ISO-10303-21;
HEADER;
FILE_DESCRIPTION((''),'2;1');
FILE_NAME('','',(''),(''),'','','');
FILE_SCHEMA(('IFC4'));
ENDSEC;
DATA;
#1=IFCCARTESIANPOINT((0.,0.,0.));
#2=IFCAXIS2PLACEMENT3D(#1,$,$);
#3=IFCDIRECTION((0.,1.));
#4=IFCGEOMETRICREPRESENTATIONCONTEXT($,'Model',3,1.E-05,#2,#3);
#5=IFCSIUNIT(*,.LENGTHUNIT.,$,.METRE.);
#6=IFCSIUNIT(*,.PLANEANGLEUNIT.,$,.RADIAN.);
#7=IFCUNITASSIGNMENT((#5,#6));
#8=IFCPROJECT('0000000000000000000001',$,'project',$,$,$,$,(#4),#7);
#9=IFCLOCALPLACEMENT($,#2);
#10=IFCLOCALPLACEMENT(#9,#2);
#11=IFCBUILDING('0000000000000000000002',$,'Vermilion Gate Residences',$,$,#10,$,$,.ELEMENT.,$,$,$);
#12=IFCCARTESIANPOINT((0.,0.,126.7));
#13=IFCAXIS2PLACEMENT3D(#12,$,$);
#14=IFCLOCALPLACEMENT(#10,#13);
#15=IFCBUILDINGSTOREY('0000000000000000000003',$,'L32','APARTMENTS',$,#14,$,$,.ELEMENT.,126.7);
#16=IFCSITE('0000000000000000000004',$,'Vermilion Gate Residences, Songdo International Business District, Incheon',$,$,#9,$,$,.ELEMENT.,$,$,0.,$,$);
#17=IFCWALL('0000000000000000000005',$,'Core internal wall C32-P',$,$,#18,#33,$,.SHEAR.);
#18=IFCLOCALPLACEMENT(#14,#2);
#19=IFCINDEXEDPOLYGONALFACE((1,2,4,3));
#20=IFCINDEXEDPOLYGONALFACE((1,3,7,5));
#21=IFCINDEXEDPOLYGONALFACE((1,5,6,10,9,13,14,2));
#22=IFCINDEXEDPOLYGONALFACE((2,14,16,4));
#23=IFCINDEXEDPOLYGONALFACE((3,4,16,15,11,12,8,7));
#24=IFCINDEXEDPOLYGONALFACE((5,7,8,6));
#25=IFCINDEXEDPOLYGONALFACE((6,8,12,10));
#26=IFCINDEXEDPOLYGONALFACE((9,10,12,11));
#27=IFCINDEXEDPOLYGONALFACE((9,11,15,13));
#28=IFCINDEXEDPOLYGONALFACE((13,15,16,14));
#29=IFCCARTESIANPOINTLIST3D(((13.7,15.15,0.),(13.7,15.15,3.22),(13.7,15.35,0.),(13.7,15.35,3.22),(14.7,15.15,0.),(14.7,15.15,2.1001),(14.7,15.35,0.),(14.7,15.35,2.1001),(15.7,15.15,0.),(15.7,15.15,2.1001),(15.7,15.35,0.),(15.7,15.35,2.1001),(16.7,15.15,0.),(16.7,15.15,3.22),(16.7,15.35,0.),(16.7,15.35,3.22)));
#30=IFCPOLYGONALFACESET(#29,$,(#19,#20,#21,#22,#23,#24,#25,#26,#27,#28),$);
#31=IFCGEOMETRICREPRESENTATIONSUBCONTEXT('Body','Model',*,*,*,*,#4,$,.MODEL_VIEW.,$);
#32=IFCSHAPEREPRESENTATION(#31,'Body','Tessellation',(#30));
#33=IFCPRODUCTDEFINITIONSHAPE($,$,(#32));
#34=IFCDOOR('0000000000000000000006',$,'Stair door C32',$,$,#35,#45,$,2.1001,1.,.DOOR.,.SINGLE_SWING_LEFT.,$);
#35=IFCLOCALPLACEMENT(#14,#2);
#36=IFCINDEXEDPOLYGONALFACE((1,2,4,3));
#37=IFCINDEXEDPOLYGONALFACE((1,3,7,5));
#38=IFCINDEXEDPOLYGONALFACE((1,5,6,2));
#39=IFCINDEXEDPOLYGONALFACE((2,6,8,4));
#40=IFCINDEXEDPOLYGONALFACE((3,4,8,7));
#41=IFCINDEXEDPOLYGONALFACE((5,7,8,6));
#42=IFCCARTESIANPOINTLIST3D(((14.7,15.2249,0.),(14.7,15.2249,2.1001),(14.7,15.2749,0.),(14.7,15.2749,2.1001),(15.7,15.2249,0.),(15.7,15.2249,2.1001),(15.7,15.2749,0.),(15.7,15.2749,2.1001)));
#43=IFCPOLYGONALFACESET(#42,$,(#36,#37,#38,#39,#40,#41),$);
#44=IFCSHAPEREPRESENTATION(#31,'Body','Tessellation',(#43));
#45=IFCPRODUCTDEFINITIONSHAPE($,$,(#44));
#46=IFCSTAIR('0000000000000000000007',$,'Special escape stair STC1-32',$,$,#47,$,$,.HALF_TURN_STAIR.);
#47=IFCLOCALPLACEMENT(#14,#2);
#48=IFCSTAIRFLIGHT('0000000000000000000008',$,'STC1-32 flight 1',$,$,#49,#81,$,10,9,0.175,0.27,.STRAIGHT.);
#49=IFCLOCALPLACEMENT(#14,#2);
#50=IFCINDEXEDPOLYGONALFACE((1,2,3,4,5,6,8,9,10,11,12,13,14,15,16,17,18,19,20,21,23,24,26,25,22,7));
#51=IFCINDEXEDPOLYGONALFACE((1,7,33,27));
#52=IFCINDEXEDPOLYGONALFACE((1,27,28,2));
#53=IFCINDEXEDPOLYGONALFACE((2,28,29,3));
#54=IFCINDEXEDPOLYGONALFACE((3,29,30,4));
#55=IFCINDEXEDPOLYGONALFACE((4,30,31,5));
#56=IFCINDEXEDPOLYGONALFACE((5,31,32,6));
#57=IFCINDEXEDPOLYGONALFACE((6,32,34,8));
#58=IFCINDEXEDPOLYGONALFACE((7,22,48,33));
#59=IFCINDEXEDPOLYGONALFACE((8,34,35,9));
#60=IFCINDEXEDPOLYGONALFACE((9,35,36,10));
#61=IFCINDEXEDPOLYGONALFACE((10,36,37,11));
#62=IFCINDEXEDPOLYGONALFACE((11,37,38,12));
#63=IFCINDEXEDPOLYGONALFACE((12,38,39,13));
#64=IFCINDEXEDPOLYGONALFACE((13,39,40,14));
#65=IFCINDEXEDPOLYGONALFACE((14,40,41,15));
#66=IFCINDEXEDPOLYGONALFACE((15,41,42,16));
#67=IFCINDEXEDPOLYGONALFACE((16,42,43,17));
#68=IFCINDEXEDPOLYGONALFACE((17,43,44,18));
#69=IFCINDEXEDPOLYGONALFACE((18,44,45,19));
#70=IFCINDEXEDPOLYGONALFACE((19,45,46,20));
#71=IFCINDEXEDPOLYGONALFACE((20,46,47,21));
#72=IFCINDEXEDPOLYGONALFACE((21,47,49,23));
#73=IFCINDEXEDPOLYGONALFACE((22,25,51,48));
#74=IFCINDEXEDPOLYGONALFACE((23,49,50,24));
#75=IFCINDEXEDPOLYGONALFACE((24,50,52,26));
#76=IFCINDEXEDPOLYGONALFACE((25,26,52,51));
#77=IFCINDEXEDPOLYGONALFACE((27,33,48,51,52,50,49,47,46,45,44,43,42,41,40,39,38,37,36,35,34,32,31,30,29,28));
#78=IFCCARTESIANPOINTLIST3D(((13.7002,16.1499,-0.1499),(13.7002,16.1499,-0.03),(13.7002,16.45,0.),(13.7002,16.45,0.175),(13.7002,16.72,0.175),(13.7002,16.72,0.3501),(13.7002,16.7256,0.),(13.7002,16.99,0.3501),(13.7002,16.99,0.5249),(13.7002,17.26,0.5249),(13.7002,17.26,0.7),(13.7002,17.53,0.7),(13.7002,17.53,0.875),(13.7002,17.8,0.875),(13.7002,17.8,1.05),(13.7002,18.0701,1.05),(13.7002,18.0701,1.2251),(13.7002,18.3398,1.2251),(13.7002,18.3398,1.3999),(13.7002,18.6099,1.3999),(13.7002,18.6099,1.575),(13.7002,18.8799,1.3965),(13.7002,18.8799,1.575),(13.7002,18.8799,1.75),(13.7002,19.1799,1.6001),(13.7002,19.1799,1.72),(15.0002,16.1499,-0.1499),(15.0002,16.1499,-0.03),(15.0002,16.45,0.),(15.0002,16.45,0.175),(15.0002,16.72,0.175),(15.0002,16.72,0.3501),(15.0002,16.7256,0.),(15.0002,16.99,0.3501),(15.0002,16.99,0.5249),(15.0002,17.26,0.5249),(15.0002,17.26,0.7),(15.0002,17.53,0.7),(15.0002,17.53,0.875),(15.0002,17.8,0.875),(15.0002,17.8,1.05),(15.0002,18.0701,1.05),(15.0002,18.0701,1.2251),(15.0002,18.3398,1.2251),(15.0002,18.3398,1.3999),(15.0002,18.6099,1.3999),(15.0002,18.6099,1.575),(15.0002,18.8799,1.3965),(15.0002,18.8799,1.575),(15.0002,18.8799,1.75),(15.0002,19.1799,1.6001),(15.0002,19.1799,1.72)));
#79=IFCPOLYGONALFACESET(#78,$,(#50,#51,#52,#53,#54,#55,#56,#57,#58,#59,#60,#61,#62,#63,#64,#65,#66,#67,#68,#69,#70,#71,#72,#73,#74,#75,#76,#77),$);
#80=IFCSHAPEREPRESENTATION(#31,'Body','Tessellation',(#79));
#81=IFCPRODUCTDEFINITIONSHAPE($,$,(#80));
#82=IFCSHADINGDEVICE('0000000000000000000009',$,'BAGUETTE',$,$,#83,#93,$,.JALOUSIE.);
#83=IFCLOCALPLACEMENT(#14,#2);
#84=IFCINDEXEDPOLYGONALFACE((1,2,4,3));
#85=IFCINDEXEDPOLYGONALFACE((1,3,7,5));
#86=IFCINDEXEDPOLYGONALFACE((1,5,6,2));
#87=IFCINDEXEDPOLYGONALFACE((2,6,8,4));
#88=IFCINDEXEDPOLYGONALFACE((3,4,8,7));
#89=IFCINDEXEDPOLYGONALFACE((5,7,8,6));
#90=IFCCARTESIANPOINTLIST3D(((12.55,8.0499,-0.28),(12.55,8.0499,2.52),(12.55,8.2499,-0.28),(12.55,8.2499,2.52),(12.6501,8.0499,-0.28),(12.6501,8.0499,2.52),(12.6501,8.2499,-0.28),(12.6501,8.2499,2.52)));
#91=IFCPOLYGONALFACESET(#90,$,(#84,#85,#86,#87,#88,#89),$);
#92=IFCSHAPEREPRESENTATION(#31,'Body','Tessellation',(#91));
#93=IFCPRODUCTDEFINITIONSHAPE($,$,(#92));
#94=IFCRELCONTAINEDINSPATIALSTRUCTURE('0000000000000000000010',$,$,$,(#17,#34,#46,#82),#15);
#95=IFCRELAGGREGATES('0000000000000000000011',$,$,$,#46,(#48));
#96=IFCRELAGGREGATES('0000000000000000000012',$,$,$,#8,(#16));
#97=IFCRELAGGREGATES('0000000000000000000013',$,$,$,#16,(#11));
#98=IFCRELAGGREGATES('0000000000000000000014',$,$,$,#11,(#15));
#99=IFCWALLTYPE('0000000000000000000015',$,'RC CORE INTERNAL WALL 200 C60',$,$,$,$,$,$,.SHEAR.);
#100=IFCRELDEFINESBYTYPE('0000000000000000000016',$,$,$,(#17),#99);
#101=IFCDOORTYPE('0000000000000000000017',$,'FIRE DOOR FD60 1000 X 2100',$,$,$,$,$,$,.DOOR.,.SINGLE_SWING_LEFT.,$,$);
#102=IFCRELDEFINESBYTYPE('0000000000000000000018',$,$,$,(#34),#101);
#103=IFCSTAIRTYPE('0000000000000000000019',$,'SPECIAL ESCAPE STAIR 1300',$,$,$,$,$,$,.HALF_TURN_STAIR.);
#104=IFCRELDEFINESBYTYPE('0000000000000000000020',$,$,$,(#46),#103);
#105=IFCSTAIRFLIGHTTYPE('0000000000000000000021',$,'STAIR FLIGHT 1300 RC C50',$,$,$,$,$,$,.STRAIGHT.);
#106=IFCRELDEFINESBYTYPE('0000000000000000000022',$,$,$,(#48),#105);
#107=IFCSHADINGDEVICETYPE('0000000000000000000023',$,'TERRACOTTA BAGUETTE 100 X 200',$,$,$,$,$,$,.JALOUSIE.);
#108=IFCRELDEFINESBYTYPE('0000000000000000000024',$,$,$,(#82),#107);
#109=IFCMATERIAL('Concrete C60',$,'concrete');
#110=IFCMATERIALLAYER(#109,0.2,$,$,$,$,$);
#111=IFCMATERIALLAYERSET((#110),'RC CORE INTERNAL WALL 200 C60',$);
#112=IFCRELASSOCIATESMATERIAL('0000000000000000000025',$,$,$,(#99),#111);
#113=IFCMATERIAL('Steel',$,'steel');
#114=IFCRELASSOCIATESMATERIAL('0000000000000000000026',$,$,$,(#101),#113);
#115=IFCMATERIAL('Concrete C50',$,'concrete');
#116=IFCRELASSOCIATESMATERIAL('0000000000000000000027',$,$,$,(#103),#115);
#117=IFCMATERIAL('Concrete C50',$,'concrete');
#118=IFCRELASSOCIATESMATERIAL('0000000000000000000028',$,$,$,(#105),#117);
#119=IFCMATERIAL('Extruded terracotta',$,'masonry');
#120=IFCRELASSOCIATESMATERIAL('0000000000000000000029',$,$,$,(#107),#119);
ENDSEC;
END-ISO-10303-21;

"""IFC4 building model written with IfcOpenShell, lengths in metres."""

from ifc_helpers import new_model, si_unit, direction, frame, frame_2d, origin, origin_2d, place, context, subcontext, project, spatial, polyline, rectangle, outline, extrude, material, layer, layer_set, material_profile, profile_set, type_object, element, fill, aggregate, save


model = new_model("IFC4")

# Units and contexts
model_context = context("Model", 3, precision=1e-05, world=origin(), true_north=direction((0.0, 1.0)))
body_context = subcontext(model_context, "Body", "Model", "MODEL_VIEW")
ifc_project = project(units=[si_unit("LENGTHUNIT", "METRE"), si_unit("PLANEANGLEUNIT", "RADIAN")], contexts=[model_context])

# Site, building, storey
site_placement = place(None, origin())
site = spatial("IfcSite", under=ifc_project, at=site_placement, Name="Vermilion Gate Residences, Songdo International Business District, Incheon", CompositionType="ELEMENT", RefElevation=0.0)
building_placement = place(site_placement, origin())
building = spatial("IfcBuilding", under=site, at=building_placement, Name="Vermilion Gate Residences", CompositionType="ELEMENT")
storey_placement = place(building_placement, frame((0.0, 0.0, 126.7)))
storey = spatial("IfcBuildingStorey", under=building, at=storey_placement, Name="L32", Description="APARTMENTS", CompositionType="ELEMENT", Elevation=126.7)

# Shared definitions
ifc_material_1 = material(Name="Concrete C60", Category="concrete")
ifc_layer_1 = layer(ifc_material_1, 0.2)
ifc_layer_set_1 = layer_set([ifc_layer_1], Name="RC CORE INTERNAL WALL 200 C60")
wall_type_1 = type_object("IfcWallType", Name="RC CORE INTERNAL WALL 200 C60", PredefinedType="SHEAR", material=ifc_layer_set_1)
ifc_material_2 = material(Name="Steel", Category="steel")
door_type_1 = type_object("IfcDoorType", Name="FIRE DOOR FD60 1000 X 2100", OperationType="SINGLE_SWING_LEFT", PredefinedType="DOOR", material=ifc_material_2)

# Wall, opening, door
wall_1_placement = place(storey_placement, frame((13.7, 15.25, 0.0), z_axis=(0.0, 0.0, 1.0), x_axis=(1.0, 0.0, 0.0)))
wall_1 = element("IfcWall", 1, at=wall_1_placement, inside=storey, type_object=wall_type_1, Name="Core internal wall C32-P", PredefinedType="SHEAR", context=body_context, shape_type="SweptSolid", body=[
    extrude(rectangle(XDim=3.0, YDim=0.2, at=frame_2d((1.5, 0.0))), origin(), (0.0, 0.0, 1.0), 3.22),
])
opening_1_placement = place(wall_1_placement, frame((1.0, 0.0, 0.0)))
opening_1 = element("IfcOpeningElement", 2, at=opening_1_placement, cuts=wall_1, PredefinedType="OPENING", context=body_context, shape_type="SweptSolid", body=[
    extrude(rectangle(XDim=1.0, YDim=2.1001, at=frame_2d((0.5, 1.05))), frame((0.0, 0.1099, 0.0), z_axis=(0.0, -1.0, 0.0), x_axis=(1.0, 0.0, 0.0)), (0.0, 0.0, 1.0), 0.22),
])
door_1_placement = place(opening_1_placement, origin())
door_1 = element("IfcDoor", 3, at=door_1_placement, inside=storey, type_object=door_type_1, Name="Stair door C32", OperationType="SINGLE_SWING_LEFT", OverallHeight=2.1001, OverallWidth=1.0, PredefinedType="DOOR", context=body_context, shape_type="SweptSolid", body=[
    extrude(rectangle(XDim=1.0, YDim=2.1001, at=frame_2d((0.5, 1.05))), frame((0.0, 0.0249, 0.0), z_axis=(0.0, -1.0, 0.0), x_axis=(1.0, 0.0, 0.0)), (0.0, 0.0, 1.0), 0.05),
])
fill(opening_1, door_1)

# Stair, stair flight
ifc_material_3 = material(Name="Concrete C50", Category="concrete")
stair_type = type_object("IfcStairType", Name="SPECIAL ESCAPE STAIR 1300", PredefinedType="HALF_TURN_STAIR", material=ifc_material_3)
stair_placement = place(storey_placement, origin())
stair = element("IfcStair", 4, at=stair_placement, inside=storey, type_object=stair_type, Name="Special escape stair STC1-32", PredefinedType="HALF_TURN_STAIR")
ifc_material_4 = material(Name="Concrete C50", Category="concrete")
stair_flight_type = type_object("IfcStairFlightType", Name="STAIR FLIGHT 1300 RC C50", PredefinedType="STRAIGHT", material=ifc_material_4)
stair_flight_placement = place(storey_placement, frame((14.3501, 16.45, 0.0), z_axis=(0.0, 0.0, 1.0), x_axis=(0.0, 1.0, 0.0)))
stair_flight = element("IfcStairFlight", 5, at=stair_flight_placement, type_object=stair_flight_type, Name="STC1-32 flight 1", NumberOfRisers=10, NumberOfTreads=9, PredefinedType="STRAIGHT", RiserHeight=0.175, TreadLength=0.27, context=body_context, shape_type="SweptSolid", body=[
    extrude(outline(polyline([(-0.3, -0.1499), (-0.3, -0.03), (0.0, 0.0), (0.0, 0.175), (0.27, 0.175), (0.27, 0.3501), (0.54, 0.3501), (0.54, 0.5249), (0.8101, 0.5249), (0.8101, 0.7), (1.0801, 0.7), (1.0801, 0.875), (1.3501, 0.875), (1.3501, 1.05), (1.6201, 1.05), (1.6201, 1.2251), (1.8899, 1.2251), (1.8899, 1.3999), (2.1599, 1.3999), (2.1599, 1.575), (2.4299, 1.575), (2.4299, 1.75), (2.73, 1.72), (2.73, 1.6001), (2.4299, 1.3965), (0.2756, 0.0), (-0.3, -0.1499)])), frame((0.0, 0.6499, 0.0), z_axis=(0.0, -1.0, 0.0), x_axis=(1.0, 0.0, 0.0)), (0.0, 0.0, 1.0), 1.3),
])
aggregate(stair, [stair_flight])

# Shading device
ifc_material_5 = material(Name="Extruded terracotta", Category="masonry")
ifc_material_profile_1 = material_profile(ifc_material_5, rectangle(XDim=0.2, YDim=0.1001, at=origin_2d()), Name="BAGUETTE 100 X 200")
ifc_profile_set_1 = profile_set([ifc_material_profile_1], Name="Extruded terracotta")
shading_device_type = type_object("IfcShadingDeviceType", Name="TERRACOTTA BAGUETTE 100 X 200", PredefinedType="JALOUSIE", material=ifc_profile_set_1)
shading_device_placement = place(storey_placement, frame((12.6001, 8.1499, -0.28), z_axis=(0.0, 0.0, 1.0), x_axis=(0.0, 1.0, 0.0)))
element("IfcShadingDevice", 6, at=shading_device_placement, inside=storey, type_object=shading_device_type, Name="BAGUETTE", PredefinedType="JALOUSIE", context=body_context, shape_type="SweptSolid", body=[
    extrude(rectangle(XDim=0.2, YDim=0.1001, at=origin_2d()), origin(), (0.0, 0.0, 1.0), 2.8),
])

save(model, "model.ifc")
